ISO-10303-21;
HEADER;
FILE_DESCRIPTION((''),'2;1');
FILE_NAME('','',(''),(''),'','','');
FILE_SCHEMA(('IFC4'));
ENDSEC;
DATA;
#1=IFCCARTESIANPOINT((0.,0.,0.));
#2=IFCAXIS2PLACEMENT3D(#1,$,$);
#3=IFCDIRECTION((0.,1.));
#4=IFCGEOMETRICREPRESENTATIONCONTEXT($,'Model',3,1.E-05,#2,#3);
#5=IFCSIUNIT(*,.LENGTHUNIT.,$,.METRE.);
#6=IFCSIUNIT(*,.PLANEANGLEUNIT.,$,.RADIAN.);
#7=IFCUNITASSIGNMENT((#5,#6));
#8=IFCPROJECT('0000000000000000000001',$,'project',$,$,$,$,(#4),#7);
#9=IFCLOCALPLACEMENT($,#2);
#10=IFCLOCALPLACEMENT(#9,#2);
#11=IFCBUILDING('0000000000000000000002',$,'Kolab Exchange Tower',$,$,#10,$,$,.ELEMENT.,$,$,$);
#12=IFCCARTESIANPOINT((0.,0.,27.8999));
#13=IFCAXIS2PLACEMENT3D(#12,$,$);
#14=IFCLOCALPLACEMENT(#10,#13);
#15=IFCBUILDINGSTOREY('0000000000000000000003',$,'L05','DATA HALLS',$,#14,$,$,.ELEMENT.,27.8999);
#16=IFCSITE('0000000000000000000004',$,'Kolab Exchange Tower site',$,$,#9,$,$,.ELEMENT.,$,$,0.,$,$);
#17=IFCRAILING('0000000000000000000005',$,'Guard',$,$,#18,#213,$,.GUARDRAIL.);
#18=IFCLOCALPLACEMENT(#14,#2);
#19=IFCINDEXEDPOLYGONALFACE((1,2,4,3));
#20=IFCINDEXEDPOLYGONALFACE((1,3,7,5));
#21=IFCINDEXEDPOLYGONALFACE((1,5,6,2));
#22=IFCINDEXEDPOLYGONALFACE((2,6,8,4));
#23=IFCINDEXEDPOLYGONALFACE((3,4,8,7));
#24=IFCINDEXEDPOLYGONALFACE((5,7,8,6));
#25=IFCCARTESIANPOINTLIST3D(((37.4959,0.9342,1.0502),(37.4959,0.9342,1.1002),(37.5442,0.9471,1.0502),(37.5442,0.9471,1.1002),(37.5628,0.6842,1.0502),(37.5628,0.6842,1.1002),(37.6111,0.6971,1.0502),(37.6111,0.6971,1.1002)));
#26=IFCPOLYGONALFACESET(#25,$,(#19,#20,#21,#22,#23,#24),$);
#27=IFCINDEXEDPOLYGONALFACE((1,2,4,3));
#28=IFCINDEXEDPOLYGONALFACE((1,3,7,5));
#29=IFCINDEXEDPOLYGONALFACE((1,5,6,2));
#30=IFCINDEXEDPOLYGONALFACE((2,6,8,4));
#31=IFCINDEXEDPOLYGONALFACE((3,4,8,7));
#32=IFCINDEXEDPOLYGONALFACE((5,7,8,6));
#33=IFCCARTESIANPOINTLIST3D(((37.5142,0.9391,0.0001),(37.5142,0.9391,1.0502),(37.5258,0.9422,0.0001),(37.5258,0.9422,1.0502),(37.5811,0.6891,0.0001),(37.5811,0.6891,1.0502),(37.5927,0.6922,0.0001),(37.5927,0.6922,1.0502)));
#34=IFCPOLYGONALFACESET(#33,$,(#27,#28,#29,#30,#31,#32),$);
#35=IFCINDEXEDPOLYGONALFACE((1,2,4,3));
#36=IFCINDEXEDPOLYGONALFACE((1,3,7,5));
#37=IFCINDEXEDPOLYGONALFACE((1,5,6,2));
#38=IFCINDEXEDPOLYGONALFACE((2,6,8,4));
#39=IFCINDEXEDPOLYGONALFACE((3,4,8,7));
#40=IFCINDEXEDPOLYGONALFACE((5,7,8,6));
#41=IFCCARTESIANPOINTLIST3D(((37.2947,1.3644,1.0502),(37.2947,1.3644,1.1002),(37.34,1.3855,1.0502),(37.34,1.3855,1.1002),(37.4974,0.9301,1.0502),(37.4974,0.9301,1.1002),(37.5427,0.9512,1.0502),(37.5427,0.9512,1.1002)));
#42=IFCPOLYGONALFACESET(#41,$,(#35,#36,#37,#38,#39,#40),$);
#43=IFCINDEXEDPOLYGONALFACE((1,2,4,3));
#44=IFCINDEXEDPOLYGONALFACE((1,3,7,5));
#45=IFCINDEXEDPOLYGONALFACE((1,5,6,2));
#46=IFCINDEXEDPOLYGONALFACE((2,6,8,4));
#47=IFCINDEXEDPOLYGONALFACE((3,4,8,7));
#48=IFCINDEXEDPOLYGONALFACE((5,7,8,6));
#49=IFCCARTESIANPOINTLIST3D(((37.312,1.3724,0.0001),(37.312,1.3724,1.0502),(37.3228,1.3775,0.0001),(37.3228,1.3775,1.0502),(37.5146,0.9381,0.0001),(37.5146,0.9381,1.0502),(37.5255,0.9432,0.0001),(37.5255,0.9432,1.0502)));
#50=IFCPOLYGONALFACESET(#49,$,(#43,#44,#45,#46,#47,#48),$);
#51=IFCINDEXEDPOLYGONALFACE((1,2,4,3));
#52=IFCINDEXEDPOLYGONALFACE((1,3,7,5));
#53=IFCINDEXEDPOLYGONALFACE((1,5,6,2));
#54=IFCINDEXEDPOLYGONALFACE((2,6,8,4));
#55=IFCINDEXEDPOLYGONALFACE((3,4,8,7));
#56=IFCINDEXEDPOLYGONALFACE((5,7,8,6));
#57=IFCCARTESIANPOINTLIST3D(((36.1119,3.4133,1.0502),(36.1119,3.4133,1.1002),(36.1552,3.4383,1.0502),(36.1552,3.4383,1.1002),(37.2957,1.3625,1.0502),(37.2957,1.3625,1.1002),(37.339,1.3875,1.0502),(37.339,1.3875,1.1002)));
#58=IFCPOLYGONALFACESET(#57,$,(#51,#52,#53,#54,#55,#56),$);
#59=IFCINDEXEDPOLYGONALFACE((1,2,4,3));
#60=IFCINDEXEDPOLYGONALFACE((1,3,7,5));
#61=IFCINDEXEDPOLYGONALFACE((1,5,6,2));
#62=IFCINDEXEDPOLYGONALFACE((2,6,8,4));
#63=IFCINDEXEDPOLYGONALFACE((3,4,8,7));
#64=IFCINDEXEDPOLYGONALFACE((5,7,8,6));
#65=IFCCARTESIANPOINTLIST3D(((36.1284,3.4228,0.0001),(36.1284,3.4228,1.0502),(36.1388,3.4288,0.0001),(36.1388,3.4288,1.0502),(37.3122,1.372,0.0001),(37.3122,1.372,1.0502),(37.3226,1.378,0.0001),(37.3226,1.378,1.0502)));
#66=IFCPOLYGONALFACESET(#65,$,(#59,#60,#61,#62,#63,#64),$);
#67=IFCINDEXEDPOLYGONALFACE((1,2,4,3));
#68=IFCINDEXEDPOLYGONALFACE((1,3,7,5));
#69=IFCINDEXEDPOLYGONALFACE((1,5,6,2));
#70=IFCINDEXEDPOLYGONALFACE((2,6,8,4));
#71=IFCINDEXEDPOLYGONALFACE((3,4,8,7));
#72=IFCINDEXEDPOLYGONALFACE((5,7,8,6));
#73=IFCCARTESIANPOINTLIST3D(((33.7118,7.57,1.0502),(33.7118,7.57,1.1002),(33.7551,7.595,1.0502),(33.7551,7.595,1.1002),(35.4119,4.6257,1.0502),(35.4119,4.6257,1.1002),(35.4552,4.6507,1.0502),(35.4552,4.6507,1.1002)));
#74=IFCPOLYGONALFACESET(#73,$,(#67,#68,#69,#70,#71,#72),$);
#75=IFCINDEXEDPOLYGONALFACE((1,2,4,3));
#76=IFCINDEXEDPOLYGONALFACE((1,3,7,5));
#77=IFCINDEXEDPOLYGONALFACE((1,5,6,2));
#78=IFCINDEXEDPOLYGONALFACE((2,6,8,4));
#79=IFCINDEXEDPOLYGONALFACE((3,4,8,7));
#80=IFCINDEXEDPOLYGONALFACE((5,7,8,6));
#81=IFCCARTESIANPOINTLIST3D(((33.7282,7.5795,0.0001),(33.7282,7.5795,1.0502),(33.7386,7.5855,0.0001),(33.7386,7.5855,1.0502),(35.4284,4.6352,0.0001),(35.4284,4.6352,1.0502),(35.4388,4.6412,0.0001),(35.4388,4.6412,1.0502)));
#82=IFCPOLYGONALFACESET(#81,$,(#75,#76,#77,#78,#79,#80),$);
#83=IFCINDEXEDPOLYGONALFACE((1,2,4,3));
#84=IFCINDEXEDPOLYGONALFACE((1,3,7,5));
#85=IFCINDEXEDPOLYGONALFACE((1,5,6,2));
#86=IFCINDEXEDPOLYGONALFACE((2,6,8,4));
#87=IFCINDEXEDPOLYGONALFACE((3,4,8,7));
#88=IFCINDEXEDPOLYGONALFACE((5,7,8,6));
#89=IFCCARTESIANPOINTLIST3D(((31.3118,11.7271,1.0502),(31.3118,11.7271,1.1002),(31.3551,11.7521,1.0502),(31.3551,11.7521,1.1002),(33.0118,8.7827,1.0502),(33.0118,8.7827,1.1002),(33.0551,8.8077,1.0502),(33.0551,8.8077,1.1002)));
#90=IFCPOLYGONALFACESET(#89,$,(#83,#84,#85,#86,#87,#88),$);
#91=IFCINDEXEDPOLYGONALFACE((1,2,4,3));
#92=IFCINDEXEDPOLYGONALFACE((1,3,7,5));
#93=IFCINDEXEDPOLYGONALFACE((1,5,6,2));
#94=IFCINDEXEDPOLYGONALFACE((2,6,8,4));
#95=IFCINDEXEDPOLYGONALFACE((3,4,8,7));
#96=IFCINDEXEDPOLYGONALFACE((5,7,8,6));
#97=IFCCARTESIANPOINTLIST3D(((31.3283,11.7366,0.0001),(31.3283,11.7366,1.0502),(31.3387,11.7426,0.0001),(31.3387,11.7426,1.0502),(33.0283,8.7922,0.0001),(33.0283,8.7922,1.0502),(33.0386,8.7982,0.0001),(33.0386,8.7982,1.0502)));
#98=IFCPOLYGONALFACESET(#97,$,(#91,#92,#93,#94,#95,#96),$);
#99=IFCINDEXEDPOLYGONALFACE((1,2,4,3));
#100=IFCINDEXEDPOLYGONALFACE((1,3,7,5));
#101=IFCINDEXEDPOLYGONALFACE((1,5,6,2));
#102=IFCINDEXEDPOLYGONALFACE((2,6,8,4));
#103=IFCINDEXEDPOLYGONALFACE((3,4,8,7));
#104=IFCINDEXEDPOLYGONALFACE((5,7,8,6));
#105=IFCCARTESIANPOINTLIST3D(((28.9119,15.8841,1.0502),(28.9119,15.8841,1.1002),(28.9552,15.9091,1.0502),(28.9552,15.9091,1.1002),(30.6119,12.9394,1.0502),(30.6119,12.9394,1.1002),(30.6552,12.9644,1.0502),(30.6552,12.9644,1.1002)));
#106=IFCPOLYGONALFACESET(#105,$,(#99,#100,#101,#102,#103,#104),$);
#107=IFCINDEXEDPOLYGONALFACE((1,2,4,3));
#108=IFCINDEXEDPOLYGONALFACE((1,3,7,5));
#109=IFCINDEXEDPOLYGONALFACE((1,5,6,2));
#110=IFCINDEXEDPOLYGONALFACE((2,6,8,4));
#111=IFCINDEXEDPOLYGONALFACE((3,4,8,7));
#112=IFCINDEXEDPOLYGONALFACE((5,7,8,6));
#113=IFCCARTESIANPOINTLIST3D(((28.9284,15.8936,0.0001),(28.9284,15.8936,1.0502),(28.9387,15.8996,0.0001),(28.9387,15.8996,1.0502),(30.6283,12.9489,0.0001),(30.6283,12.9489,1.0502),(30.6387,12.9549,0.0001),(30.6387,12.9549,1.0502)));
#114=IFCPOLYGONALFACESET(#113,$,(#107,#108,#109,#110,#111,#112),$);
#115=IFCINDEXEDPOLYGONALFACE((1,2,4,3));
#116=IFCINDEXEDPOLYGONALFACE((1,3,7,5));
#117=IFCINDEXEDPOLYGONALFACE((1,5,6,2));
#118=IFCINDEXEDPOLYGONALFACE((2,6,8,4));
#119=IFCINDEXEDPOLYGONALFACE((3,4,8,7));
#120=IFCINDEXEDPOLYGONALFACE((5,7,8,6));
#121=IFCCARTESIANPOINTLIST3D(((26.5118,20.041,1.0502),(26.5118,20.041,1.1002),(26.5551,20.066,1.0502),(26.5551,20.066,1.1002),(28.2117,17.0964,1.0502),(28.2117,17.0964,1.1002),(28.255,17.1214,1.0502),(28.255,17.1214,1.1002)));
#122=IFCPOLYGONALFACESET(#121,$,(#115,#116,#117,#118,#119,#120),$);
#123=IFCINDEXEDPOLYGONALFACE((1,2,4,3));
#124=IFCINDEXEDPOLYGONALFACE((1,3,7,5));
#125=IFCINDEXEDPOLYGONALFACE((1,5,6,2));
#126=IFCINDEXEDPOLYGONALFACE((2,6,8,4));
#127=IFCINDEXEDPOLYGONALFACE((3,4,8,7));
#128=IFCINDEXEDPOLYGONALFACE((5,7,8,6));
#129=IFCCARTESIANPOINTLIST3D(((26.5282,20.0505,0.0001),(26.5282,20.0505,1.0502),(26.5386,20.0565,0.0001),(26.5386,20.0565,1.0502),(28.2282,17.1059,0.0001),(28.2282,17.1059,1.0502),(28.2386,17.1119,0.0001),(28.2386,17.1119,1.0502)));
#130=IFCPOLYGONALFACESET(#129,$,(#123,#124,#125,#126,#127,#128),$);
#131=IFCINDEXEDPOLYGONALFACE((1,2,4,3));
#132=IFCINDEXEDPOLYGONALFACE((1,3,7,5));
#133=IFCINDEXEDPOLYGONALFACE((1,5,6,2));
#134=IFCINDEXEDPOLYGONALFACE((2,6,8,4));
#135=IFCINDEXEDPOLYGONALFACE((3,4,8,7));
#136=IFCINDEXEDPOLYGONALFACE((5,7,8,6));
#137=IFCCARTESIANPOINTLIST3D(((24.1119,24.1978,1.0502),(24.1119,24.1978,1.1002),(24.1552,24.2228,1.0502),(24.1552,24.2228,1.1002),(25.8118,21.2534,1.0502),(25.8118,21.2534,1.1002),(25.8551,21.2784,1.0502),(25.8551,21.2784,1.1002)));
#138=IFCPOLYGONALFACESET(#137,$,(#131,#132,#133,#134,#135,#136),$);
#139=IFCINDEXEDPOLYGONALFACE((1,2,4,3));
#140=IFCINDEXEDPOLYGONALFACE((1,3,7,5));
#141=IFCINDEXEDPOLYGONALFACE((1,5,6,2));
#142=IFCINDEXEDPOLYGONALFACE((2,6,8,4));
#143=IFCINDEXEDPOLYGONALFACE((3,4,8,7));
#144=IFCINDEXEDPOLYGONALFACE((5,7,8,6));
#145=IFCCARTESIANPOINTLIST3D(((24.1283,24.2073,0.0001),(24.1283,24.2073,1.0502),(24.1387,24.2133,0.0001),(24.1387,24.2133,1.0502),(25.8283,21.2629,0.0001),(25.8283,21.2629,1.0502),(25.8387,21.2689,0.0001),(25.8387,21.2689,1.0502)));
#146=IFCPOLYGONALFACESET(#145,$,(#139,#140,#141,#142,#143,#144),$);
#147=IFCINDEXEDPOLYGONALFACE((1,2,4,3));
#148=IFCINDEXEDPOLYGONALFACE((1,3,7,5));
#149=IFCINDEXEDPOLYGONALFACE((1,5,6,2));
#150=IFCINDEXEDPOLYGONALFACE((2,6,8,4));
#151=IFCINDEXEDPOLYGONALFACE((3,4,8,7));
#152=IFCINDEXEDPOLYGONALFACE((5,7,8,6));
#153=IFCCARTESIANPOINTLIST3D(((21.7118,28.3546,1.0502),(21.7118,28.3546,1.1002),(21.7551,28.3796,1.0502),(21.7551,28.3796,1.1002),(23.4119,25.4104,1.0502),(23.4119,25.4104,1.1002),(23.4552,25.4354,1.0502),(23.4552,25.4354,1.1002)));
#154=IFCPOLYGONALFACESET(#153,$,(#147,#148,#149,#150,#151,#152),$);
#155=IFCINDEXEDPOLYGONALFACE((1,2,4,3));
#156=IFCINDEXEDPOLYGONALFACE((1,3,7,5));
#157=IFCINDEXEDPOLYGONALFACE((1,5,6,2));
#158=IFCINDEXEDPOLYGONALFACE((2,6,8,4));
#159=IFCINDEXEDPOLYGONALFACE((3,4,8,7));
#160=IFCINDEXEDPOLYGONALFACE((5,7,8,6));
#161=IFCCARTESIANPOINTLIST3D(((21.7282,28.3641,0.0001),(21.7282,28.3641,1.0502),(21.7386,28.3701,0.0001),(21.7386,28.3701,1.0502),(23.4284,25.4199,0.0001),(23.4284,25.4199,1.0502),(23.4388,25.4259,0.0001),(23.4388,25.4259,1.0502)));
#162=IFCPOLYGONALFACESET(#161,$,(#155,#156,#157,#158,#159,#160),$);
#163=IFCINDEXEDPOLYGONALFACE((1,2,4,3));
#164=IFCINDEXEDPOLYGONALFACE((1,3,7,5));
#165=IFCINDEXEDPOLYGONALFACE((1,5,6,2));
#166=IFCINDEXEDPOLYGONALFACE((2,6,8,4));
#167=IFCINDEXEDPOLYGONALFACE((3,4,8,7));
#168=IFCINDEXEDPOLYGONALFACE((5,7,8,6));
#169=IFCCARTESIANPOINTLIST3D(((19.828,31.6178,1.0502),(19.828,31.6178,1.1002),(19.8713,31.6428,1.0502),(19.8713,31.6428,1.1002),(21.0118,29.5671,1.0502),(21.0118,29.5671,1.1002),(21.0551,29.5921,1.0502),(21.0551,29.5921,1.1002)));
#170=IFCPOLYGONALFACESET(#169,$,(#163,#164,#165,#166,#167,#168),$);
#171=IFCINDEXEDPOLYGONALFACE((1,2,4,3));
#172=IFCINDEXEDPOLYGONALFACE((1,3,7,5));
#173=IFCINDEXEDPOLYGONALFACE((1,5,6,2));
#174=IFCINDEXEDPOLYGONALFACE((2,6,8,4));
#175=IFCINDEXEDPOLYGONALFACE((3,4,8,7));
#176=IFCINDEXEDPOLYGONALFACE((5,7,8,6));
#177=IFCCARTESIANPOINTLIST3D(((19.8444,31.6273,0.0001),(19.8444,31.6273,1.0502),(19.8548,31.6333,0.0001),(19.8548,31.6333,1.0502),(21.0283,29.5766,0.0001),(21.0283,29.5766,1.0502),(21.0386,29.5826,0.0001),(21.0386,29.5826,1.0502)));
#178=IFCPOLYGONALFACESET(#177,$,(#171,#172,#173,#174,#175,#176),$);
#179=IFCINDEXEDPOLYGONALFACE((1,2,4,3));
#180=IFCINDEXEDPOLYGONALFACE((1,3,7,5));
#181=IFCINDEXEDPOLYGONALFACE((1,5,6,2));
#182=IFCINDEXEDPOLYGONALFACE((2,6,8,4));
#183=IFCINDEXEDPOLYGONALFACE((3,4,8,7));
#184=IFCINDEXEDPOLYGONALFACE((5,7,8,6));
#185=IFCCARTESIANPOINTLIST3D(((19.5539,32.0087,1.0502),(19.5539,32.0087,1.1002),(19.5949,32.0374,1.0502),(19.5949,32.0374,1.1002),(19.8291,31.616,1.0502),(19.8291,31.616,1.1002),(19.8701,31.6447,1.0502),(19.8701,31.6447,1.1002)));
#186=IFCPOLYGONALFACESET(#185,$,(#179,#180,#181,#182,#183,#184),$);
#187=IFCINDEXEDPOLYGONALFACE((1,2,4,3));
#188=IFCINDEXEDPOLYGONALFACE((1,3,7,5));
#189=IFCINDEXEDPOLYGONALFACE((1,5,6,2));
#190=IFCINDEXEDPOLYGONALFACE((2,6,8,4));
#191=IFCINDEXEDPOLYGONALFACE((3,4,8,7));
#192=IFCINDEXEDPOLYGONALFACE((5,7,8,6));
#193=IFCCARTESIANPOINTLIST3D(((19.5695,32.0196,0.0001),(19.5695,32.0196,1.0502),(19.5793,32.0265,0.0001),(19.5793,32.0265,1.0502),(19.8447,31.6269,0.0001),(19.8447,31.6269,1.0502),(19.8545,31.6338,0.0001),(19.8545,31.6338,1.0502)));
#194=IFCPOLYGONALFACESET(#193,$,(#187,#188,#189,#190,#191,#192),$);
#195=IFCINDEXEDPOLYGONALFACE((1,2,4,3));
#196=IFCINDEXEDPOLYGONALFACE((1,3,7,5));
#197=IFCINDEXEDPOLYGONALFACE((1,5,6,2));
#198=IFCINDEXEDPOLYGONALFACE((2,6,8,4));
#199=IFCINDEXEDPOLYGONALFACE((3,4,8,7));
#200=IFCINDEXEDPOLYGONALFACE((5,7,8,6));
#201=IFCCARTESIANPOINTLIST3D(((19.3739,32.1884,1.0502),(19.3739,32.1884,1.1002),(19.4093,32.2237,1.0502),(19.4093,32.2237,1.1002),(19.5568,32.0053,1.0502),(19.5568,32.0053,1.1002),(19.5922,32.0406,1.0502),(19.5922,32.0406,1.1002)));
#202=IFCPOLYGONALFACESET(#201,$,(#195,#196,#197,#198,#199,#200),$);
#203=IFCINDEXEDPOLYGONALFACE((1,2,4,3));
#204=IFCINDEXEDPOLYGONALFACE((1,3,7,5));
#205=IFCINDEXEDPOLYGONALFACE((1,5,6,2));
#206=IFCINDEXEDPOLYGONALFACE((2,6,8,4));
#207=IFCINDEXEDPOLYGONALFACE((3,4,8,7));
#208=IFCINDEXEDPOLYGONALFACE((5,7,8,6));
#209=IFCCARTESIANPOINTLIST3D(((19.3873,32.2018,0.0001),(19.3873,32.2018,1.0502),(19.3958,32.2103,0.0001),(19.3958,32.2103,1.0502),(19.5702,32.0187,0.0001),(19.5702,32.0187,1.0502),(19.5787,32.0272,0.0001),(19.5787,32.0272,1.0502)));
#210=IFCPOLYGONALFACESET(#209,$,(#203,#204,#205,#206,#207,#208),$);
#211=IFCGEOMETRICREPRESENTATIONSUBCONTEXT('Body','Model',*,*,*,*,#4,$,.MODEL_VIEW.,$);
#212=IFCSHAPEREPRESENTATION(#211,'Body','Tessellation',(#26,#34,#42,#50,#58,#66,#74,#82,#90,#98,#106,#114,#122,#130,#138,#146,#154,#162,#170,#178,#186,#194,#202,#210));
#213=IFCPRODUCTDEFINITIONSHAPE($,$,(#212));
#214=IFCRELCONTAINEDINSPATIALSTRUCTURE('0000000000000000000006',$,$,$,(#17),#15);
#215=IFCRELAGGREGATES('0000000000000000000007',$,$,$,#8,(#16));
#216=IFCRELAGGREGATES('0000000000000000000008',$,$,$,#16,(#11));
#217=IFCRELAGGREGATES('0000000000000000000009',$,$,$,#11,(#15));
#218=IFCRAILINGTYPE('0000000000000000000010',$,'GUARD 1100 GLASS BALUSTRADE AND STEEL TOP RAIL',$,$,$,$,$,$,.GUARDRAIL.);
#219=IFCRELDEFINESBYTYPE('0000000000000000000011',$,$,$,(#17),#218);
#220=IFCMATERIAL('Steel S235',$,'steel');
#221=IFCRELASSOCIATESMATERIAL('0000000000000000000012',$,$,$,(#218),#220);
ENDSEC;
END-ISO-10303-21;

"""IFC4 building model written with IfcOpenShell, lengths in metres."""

from ifc_helpers import new_model, si_unit, direction, frame, frame_2d, origin, origin_2d, place, context, subcontext, project, spatial, rectangle, extrude, material, type_object, element, save


model = new_model("IFC4")

# Units and contexts
model_context = context("Model", 3, precision=1e-05, world=origin(), true_north=direction((0.0, 1.0)))
body_context = subcontext(model_context, "Body", "Model", "MODEL_VIEW")
ifc_project = project(units=[si_unit("LENGTHUNIT", "METRE"), si_unit("PLANEANGLEUNIT", "RADIAN")], contexts=[model_context])

# Site, building, storey
site_placement = place(None, origin())
site = spatial("IfcSite", under=ifc_project, at=site_placement, Name="Kolab Exchange Tower site", CompositionType="ELEMENT", RefElevation=0.0)
building_placement = place(site_placement, origin())
building = spatial("IfcBuilding", under=site, at=building_placement, Name="Kolab Exchange Tower", CompositionType="ELEMENT")
storey_placement = place(building_placement, frame((0.0, 0.0, 27.8999)))
storey = spatial("IfcBuildingStorey", under=building, at=storey_placement, Name="L05", Description="DATA HALLS", CompositionType="ELEMENT", Elevation=27.8999)

# Railing
ifc_material_1 = material(Name="Steel S235", Category="steel")
railing_type = type_object("IfcRailingType", Name="GUARD 1100 GLASS BALUSTRADE AND STEEL TOP RAIL", PredefinedType="GUARDRAIL", material=ifc_material_1)
railing_placement = place(storey_placement, frame((37.5869, 0.6907, 0.0)))
element("IfcRailing", 1, at=railing_placement, inside=storey, type_object=railing_type, Name="Guard", PredefinedType="GUARDRAIL", context=body_context, shape_type="SweptSolid", body=[
    extrude(rectangle(XDim=0.05, YDim=0.05, at=origin_2d()), frame((0.0, 0.0, 1.0752), z_axis=(-0.258485, 0.966015, 0.0), x_axis=(-0.966015, -0.258485, 0.0)), (0.0, 0.0, 1.0), 0.2588),
    extrude(rectangle(XDim=0.012, YDim=1.0501, at=frame_2d((0.0, 0.5251))), frame((0.0, 0.0, 0.0), z_axis=(-0.258485, 0.966015, 0.0), x_axis=(-0.966015, -0.258485, 0.0)), (0.0, 0.0, 1.0), 0.2588),
    extrude(rectangle(XDim=0.05, YDim=0.05, at=origin_2d()), frame((-0.0669, 0.25, 1.0752), z_axis=(-0.422802, 0.906222, 0.0), x_axis=(-0.906222, -0.422802, 0.0)), (0.0, 0.0, 1.0), 0.4792),
    extrude(rectangle(XDim=0.012, YDim=1.0501, at=frame_2d((0.0, 0.5251))), frame((-0.0669, 0.25, 0.0), z_axis=(-0.422802, 0.906222, 0.0), x_axis=(-0.906222, -0.422802, 0.0)), (0.0, 0.0, 1.0), 0.4792),
    extrude(rectangle(XDim=0.05, YDim=0.05, at=origin_2d()), frame((-0.2695, 0.6843, 1.0752), z_axis=(-0.499943, 0.866059, 0.0), x_axis=(-0.866059, -0.499943, 0.0)), (0.0, 0.0, 1.0), 2.3679),
    extrude(rectangle(XDim=0.012, YDim=1.0501, at=frame_2d((0.0, 0.5251))), frame((-0.2695, 0.6843, 0.0), z_axis=(-0.499943, 0.866059, 0.0), x_axis=(-0.866059, -0.499943, 0.0)), (0.0, 0.0, 1.0), 2.3679),
    extrude(rectangle(XDim=0.05, YDim=0.05, at=origin_2d()), frame((-2.1533, 3.9475, 1.0752), z_axis=(-0.500062, 0.865989, 0.0), x_axis=(-0.865989, -0.500062, 0.0)), (0.0, 0.0, 1.0), 3.3999),
    extrude(rectangle(XDim=0.012, YDim=1.0501, at=frame_2d((0.0, 0.5251))), frame((-2.1533, 3.9475, 0.0), z_axis=(-0.500062, 0.865989, 0.0), x_axis=(-0.865989, -0.500062, 0.0)), (0.0, 0.0, 1.0), 3.3999),
    extrude(rectangle(XDim=0.05, YDim=0.05, at=origin_2d()), frame((-4.5535, 8.1045, 1.0752), z_axis=(-0.500008, 0.866021, 0.0), x_axis=(-0.866021, -0.500008, 0.0)), (0.0, 0.0, 1.0), 3.3999),
    extrude(rectangle(XDim=0.012, YDim=1.0501, at=frame_2d((0.0, 0.5251))), frame((-4.5535, 8.1045, 0.0), z_axis=(-0.500008, 0.866021, 0.0), x_axis=(-0.866021, -0.500008, 0.0)), (0.0, 0.0, 1.0), 3.3999),
    extrude(rectangle(XDim=0.05, YDim=0.05, at=origin_2d()), frame((-6.9534, 12.2612, 1.0752), z_axis=(-0.499977, 0.866039, 0.0), x_axis=(-0.866039, -0.499977, 0.0)), (0.0, 0.0, 1.0), 3.4001),
    extrude(rectangle(XDim=0.012, YDim=1.0501, at=frame_2d((0.0, 0.5251))), frame((-6.9534, 12.2612, 0.0), z_axis=(-0.499977, 0.866039, 0.0), x_axis=(-0.866039, -0.499977, 0.0)), (0.0, 0.0, 1.0), 3.4001),
    extrude(rectangle(XDim=0.05, YDim=0.05, at=origin_2d()), frame((-9.3535, 16.4182, 1.0752), z_axis=(-0.499977, 0.866039, 0.0), x_axis=(-0.866039, -0.499977, 0.0)), (0.0, 0.0, 1.0), 3.4001),
    extrude(rectangle(XDim=0.012, YDim=1.0501, at=frame_2d((0.0, 0.5251))), frame((-9.3535, 16.4182, 0.0), z_axis=(-0.499977, 0.866039, 0.0), x_axis=(-0.866039, -0.499977, 0.0)), (0.0, 0.0, 1.0), 3.4001),
    extrude(rectangle(XDim=0.05, YDim=0.05, at=origin_2d()), frame((-11.7534, 20.5752, 1.0752), z_axis=(-0.500008, 0.866021, 0.0), x_axis=(-0.866021, -0.500008, 0.0)), (0.0, 0.0, 1.0), 3.3999),
    extrude(rectangle(XDim=0.012, YDim=1.0501, at=frame_2d((0.0, 0.5251))), frame((-11.7534, 20.5752, 0.0), z_axis=(-0.500008, 0.866021, 0.0), x_axis=(-0.866021, -0.500008, 0.0)), (0.0, 0.0, 1.0), 3.3999),
    extrude(rectangle(XDim=0.05, YDim=0.05, at=origin_2d()), frame((-14.1533, 24.7322, 1.0752), z_axis=(-0.500062, 0.865989, 0.0), x_axis=(-0.865989, -0.500062, 0.0)), (0.0, 0.0, 1.0), 3.3999),
    extrude(rectangle(XDim=0.012, YDim=1.0501, at=frame_2d((0.0, 0.5251))), frame((-14.1533, 24.7322, 0.0), z_axis=(-0.500062, 0.865989, 0.0), x_axis=(-0.865989, -0.500062, 0.0)), (0.0, 0.0, 1.0), 3.3999),
    extrude(rectangle(XDim=0.05, YDim=0.05, at=origin_2d()), frame((-16.5535, 28.8889, 1.0752), z_axis=(-0.499943, 0.866059, 0.0), x_axis=(-0.866059, -0.499943, 0.0)), (0.0, 0.0, 1.0), 2.3679),
    extrude(rectangle(XDim=0.012, YDim=1.0501, at=frame_2d((0.0, 0.5251))), frame((-16.5535, 28.8889, 0.0), z_axis=(-0.499943, 0.866059, 0.0), x_axis=(-0.866059, -0.499943, 0.0)), (0.0, 0.0, 1.0), 2.3679),
    extrude(rectangle(XDim=0.05, YDim=0.05, at=origin_2d()), frame((-17.7373, 30.9397, 1.0752), z_axis=(-0.573941, 0.818897, 0.0), x_axis=(-0.818897, -0.573941, 0.0)), (0.0, 0.0, 1.0), 0.4795),
    extrude(rectangle(XDim=0.012, YDim=1.0501, at=frame_2d((0.0, 0.5251))), frame((-17.7373, 30.9397, 0.0), z_axis=(-0.573941, 0.818897, 0.0), x_axis=(-0.818897, -0.573941, 0.0)), (0.0, 0.0, 1.0), 0.4795),
    extrude(rectangle(XDim=0.05, YDim=0.05, at=origin_2d()), frame((-18.0125, 31.3323, 1.0752), z_axis=(-0.706635, 0.707578, 0.0), x_axis=(-0.707578, -0.706635, 0.0)), (0.0, 0.0, 1.0), 0.2588),
    extrude(rectangle(XDim=0.012, YDim=1.0501, at=frame_2d((0.0, 0.5251))), frame((-18.0125, 31.3323, 0.0), z_axis=(-0.706635, 0.707578, 0.0), x_axis=(-0.707578, -0.706635, 0.0)), (0.0, 0.0, 1.0), 0.2588),
])

save(model, "model.ifc")
